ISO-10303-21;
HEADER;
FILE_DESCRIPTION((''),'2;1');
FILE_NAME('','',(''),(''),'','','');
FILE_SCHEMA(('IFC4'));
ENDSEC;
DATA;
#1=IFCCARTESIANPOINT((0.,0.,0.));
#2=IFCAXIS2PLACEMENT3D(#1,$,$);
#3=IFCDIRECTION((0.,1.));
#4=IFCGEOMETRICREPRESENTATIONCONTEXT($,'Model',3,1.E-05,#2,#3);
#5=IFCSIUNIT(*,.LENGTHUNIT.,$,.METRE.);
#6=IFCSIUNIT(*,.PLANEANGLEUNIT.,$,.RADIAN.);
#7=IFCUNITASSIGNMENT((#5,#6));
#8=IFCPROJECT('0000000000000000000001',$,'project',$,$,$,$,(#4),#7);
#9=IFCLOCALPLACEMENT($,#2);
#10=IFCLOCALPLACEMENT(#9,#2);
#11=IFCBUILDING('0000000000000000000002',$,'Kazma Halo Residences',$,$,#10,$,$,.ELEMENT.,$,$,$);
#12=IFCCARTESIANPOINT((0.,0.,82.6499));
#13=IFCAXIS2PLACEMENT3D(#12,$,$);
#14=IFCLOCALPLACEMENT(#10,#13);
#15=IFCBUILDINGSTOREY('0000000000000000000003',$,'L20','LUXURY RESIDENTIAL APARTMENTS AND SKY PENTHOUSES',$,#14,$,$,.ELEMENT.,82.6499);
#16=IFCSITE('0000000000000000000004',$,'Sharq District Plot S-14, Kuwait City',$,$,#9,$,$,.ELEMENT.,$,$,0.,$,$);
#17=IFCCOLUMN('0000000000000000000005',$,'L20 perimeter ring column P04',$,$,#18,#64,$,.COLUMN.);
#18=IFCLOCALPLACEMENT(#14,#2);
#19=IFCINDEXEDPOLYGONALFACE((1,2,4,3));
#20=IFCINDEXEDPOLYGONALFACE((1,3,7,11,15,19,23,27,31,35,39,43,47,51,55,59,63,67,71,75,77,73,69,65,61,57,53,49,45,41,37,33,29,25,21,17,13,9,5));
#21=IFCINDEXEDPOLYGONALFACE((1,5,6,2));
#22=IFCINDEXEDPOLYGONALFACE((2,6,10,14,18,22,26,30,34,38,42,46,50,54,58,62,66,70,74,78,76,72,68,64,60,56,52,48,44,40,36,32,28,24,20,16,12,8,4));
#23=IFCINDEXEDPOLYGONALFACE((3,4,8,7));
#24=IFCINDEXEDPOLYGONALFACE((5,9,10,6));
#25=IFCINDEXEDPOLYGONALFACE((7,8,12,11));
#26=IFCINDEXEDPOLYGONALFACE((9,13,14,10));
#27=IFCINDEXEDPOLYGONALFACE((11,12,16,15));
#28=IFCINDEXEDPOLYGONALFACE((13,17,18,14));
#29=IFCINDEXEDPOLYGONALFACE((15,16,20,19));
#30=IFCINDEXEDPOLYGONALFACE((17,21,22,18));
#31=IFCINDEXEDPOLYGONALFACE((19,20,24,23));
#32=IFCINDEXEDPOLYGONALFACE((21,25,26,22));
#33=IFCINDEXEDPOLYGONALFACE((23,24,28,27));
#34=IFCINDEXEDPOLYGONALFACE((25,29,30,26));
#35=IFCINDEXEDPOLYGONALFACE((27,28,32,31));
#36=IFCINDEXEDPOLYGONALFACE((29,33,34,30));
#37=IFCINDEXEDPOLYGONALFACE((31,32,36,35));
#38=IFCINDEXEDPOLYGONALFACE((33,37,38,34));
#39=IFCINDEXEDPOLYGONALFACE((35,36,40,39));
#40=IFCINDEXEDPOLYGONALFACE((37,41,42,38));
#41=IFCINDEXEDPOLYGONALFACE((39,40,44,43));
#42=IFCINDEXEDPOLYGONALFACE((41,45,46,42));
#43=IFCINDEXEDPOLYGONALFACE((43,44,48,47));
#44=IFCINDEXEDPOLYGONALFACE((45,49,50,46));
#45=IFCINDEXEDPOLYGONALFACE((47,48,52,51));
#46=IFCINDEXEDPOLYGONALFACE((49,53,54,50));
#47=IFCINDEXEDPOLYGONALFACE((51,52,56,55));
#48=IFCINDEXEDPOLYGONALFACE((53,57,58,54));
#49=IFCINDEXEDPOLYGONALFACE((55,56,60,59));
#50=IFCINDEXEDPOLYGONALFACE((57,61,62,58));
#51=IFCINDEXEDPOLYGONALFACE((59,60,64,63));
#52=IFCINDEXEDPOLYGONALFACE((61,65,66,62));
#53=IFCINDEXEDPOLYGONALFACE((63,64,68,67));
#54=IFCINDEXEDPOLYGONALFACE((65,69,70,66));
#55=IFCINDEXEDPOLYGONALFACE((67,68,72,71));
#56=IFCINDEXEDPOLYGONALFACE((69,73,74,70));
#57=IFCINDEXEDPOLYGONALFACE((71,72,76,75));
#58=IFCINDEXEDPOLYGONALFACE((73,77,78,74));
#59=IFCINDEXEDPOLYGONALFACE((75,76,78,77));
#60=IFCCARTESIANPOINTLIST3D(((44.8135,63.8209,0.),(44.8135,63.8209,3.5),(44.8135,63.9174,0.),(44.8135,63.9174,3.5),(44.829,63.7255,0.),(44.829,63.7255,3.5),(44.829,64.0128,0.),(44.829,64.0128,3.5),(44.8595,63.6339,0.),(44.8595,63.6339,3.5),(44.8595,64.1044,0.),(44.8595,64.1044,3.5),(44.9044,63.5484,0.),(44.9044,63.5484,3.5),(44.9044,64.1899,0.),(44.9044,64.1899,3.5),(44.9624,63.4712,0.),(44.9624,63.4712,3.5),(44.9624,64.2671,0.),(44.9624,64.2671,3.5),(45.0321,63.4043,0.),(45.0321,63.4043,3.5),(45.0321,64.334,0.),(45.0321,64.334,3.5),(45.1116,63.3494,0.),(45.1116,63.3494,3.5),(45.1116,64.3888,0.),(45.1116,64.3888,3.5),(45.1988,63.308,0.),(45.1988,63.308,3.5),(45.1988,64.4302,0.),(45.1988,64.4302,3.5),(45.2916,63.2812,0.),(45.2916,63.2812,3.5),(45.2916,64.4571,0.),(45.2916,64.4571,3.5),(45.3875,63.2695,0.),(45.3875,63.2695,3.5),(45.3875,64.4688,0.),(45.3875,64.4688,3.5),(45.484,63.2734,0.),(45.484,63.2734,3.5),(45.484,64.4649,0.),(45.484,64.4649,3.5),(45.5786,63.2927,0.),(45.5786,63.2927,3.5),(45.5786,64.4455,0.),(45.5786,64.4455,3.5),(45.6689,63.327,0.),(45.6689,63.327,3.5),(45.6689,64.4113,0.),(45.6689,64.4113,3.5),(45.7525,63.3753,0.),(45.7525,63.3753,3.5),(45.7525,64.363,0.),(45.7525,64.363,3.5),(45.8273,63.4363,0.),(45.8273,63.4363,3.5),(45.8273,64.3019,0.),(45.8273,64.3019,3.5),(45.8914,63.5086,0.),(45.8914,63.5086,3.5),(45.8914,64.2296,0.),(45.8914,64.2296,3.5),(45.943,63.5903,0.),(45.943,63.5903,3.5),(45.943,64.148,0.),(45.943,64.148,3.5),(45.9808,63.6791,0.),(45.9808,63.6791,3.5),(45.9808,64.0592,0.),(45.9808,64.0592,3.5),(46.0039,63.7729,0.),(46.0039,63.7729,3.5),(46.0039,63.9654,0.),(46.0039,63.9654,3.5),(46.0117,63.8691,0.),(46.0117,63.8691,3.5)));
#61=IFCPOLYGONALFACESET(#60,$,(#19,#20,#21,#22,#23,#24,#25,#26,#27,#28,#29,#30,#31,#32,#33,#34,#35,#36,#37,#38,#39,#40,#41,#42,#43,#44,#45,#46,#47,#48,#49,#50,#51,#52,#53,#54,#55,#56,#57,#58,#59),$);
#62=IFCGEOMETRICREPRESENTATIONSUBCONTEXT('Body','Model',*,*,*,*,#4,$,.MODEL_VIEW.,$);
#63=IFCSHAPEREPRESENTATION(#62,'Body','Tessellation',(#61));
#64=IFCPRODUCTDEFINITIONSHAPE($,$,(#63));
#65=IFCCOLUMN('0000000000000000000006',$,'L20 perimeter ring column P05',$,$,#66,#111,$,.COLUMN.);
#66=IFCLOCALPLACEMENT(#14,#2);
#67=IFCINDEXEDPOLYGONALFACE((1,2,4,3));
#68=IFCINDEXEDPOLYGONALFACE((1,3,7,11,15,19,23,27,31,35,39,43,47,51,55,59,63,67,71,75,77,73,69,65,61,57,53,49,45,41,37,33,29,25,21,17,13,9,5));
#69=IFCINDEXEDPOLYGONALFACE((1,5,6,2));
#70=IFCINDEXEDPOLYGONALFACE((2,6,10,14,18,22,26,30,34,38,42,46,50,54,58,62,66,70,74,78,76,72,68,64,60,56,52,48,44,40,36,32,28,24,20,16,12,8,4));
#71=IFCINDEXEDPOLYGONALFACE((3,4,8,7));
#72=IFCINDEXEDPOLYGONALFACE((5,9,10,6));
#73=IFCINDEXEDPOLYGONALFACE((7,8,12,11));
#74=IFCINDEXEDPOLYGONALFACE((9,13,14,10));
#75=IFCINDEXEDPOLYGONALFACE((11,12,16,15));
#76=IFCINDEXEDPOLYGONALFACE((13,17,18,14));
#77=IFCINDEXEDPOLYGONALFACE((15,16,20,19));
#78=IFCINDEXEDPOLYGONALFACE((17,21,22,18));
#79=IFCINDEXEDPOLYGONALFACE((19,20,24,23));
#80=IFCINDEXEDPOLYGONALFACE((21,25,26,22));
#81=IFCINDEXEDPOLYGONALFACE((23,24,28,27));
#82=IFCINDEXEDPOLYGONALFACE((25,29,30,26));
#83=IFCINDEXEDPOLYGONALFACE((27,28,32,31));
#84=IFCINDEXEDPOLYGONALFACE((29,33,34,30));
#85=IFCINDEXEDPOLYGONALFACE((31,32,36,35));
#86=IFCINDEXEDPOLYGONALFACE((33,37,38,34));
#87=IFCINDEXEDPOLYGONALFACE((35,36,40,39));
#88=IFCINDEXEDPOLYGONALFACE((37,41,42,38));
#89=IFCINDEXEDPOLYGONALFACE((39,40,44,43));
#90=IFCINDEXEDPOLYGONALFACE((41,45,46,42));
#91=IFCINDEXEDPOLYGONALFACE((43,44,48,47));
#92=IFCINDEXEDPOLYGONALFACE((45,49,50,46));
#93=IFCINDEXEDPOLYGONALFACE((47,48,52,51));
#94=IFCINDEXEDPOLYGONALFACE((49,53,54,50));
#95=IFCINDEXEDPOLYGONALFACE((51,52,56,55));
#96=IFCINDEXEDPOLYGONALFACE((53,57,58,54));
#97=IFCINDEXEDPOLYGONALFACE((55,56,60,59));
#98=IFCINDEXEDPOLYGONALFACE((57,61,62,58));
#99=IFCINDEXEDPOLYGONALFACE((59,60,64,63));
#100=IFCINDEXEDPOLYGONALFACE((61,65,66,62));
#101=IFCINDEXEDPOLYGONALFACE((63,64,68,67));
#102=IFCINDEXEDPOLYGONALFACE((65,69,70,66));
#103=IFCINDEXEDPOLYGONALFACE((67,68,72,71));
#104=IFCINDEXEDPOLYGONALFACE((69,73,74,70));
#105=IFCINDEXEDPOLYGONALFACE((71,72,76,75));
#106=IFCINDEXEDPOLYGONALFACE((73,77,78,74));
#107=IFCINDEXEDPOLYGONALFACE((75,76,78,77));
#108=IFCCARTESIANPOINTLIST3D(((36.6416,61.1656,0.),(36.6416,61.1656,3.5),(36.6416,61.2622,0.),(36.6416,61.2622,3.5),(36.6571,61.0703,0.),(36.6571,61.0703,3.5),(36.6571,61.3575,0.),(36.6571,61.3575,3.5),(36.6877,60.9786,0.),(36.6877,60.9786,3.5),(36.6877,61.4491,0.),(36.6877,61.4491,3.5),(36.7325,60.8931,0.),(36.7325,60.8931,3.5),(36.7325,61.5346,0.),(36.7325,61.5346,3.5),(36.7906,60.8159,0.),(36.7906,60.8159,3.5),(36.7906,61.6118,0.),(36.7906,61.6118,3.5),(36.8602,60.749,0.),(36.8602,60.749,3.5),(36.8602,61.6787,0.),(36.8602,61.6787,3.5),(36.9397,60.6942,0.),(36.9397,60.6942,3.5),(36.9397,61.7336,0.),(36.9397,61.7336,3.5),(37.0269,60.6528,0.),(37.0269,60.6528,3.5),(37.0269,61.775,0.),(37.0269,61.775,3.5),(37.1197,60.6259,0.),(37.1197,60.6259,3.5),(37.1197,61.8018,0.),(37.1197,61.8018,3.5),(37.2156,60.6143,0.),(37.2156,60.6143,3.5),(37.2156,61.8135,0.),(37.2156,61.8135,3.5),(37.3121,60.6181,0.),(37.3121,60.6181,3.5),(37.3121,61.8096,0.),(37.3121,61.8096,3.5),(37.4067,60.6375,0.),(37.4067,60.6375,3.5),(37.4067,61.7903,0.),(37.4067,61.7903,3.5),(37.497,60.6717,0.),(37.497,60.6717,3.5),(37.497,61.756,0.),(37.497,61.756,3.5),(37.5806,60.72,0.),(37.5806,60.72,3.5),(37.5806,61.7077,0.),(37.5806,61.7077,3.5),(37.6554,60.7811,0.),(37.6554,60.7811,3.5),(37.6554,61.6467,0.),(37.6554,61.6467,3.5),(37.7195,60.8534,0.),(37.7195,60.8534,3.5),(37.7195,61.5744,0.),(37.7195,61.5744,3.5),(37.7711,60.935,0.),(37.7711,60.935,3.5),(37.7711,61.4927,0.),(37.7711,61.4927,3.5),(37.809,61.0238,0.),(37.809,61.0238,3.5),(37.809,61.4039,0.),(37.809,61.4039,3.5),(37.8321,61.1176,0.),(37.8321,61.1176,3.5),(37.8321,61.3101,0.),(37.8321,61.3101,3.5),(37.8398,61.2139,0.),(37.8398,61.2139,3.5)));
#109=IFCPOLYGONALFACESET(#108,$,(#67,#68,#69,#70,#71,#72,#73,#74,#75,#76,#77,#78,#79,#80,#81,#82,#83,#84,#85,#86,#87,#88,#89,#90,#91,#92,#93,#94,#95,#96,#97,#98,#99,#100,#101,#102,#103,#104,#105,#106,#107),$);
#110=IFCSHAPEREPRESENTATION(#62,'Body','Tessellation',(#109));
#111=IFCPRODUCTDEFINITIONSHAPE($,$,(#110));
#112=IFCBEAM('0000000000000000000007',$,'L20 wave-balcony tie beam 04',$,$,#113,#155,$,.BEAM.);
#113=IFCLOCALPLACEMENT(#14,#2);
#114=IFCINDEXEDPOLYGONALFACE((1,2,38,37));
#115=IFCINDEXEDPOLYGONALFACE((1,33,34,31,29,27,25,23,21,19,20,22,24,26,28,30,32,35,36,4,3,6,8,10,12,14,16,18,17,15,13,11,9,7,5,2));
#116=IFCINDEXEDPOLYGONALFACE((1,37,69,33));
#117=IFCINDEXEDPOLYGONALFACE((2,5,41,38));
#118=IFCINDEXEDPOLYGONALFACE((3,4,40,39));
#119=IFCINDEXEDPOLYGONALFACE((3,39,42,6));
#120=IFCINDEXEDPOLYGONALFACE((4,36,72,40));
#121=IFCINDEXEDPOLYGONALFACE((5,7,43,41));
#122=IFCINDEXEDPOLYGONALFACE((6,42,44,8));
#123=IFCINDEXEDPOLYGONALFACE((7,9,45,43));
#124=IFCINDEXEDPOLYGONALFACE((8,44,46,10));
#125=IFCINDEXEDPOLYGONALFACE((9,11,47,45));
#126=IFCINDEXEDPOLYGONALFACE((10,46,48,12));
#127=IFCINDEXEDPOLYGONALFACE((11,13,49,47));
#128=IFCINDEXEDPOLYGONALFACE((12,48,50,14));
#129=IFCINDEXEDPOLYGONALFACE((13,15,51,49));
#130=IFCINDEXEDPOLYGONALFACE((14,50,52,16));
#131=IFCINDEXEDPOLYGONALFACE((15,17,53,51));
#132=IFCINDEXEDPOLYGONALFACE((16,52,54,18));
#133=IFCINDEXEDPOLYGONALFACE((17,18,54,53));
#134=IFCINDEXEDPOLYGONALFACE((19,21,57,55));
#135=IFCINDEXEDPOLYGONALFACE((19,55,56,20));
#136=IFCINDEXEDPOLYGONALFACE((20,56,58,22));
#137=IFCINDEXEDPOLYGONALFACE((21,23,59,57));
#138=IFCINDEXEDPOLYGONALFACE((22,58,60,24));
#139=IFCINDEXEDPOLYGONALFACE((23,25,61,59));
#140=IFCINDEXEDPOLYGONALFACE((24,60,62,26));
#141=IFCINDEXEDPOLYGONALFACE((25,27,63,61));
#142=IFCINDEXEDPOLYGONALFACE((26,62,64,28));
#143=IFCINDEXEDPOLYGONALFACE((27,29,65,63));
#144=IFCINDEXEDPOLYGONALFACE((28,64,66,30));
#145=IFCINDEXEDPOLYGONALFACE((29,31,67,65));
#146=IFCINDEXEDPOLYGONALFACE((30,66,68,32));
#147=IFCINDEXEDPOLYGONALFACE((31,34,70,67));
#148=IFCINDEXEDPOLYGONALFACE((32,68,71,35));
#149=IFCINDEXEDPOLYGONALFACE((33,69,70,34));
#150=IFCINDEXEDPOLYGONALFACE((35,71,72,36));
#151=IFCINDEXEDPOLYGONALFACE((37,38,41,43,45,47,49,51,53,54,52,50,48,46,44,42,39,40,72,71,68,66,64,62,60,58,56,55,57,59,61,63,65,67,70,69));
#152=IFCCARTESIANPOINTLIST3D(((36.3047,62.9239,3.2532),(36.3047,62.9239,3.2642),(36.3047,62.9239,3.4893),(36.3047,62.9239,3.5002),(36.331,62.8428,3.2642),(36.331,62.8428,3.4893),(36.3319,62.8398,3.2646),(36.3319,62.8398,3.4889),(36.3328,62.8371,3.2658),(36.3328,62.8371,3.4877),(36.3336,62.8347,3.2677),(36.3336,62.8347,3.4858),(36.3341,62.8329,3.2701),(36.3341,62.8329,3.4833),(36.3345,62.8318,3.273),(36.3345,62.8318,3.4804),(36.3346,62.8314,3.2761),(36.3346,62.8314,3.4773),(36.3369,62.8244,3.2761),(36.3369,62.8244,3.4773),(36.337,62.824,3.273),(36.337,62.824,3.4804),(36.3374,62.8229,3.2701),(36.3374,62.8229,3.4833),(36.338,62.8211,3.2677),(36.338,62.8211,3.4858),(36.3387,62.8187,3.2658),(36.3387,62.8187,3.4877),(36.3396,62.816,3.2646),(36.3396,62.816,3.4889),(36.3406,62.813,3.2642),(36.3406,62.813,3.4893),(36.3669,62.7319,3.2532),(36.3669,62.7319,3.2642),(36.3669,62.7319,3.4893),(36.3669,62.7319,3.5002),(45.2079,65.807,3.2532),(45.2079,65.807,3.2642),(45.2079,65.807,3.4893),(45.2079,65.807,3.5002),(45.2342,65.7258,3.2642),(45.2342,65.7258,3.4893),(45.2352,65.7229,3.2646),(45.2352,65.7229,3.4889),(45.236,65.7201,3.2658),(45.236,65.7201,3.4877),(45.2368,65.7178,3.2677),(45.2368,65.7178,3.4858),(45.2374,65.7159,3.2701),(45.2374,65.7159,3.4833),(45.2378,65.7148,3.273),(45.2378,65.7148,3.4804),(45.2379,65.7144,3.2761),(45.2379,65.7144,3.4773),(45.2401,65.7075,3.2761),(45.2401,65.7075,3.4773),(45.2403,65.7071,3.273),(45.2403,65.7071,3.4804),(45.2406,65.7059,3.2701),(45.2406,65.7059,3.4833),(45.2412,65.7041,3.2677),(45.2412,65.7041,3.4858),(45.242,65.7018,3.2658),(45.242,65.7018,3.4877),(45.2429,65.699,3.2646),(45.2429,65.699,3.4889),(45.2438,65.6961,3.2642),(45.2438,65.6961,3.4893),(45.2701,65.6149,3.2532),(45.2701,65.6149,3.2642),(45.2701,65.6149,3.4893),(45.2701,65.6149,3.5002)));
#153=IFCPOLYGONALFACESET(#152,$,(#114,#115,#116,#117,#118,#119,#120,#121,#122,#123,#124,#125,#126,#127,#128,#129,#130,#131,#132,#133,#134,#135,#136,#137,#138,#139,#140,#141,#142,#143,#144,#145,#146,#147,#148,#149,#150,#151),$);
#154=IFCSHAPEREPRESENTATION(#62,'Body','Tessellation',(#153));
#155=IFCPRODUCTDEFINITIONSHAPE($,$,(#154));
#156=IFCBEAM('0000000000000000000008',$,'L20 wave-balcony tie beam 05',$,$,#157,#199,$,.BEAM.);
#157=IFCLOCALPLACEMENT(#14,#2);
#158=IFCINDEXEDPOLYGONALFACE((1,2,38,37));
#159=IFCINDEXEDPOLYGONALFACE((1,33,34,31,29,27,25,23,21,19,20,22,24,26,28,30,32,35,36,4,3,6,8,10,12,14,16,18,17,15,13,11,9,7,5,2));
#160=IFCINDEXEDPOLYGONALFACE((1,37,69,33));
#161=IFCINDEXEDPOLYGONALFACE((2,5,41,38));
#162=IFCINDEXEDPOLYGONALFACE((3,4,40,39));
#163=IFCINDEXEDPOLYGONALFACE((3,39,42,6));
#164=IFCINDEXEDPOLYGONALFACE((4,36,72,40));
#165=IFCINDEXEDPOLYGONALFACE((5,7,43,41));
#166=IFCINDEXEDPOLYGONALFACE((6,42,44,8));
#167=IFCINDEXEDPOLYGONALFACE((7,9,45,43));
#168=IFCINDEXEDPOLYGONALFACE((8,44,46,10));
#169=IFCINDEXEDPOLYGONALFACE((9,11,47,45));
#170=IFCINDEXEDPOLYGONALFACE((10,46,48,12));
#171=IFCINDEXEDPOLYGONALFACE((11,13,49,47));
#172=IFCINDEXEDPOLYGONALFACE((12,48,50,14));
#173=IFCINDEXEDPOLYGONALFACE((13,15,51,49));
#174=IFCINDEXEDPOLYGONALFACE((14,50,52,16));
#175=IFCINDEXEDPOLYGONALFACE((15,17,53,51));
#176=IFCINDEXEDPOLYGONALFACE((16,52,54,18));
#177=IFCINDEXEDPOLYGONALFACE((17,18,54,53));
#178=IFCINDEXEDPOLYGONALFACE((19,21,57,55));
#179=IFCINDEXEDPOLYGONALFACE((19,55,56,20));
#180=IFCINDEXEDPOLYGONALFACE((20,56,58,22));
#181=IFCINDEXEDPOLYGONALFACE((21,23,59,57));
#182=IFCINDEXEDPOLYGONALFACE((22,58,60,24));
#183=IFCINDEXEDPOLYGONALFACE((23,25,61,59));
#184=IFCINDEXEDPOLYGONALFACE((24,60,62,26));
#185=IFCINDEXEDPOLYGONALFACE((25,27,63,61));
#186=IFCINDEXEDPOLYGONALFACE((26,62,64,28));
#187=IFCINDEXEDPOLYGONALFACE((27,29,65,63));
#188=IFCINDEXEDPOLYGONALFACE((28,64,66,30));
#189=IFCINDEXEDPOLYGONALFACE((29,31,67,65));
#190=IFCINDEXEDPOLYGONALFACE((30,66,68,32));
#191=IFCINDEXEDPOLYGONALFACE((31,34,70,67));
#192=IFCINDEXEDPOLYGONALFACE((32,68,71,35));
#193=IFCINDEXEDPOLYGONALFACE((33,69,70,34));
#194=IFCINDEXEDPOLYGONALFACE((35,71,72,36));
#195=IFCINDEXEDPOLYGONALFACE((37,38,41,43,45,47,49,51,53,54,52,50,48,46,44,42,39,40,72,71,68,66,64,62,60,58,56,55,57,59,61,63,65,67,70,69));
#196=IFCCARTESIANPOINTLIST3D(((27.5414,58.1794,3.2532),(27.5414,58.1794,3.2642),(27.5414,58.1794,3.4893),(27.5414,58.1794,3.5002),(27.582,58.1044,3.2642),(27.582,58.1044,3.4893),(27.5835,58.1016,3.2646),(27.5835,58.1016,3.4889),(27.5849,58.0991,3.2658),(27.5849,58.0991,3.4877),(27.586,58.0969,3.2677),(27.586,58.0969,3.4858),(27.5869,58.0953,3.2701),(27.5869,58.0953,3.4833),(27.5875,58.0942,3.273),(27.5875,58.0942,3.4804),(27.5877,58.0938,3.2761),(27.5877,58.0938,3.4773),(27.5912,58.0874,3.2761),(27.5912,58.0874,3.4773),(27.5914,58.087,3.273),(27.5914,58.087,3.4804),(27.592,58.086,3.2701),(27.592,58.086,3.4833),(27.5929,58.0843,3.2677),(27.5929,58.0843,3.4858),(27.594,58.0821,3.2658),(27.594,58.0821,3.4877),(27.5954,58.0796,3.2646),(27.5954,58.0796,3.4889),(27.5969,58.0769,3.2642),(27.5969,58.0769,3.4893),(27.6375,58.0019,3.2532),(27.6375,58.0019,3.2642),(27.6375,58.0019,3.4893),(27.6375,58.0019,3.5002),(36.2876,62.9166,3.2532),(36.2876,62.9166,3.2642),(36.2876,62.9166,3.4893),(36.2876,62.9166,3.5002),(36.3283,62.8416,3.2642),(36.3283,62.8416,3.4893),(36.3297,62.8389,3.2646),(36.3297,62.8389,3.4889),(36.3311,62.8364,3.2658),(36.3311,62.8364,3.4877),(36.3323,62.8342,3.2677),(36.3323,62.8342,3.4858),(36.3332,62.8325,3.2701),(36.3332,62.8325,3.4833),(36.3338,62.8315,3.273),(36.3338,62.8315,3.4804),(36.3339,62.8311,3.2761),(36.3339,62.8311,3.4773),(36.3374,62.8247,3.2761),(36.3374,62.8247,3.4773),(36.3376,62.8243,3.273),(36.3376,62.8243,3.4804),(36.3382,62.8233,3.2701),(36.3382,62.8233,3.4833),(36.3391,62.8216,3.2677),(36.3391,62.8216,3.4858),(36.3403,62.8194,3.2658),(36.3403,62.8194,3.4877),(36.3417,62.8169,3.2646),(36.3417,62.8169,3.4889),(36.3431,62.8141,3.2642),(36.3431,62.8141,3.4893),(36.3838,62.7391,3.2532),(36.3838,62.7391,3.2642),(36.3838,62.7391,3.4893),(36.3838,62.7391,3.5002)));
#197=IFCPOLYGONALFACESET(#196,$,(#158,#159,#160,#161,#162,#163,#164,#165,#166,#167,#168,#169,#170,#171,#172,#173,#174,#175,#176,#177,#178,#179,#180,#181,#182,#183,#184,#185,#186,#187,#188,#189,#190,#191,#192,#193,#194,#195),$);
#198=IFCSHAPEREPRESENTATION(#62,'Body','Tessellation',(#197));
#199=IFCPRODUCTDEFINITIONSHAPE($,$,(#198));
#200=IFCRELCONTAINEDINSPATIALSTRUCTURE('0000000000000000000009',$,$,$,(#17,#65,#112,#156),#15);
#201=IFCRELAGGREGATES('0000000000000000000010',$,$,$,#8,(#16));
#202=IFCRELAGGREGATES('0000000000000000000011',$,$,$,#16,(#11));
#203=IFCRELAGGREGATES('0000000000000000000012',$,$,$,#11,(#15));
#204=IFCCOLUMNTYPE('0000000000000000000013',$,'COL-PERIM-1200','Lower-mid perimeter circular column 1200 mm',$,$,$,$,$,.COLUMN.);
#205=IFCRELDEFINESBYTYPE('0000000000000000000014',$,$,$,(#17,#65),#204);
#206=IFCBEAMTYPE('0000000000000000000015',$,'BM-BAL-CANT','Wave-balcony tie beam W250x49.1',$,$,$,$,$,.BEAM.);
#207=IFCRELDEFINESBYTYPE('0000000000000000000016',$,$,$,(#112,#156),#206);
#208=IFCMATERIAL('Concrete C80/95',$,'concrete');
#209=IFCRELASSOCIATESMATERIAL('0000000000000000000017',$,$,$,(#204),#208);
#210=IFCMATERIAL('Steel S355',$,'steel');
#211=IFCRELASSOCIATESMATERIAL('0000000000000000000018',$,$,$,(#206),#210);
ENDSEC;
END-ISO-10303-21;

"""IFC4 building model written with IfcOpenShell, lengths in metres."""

from ifc_helpers import new_model, si_unit, direction, frame, origin, origin_2d, place, context, subcontext, project, spatial, circle, i_section, extrude, material, material_profile, profile_set, type_object, element, save


model = new_model("IFC4")

# Units and contexts
model_context = context("Model", 3, precision=1e-05, world=origin(), true_north=direction((0.0, 1.0)))
body_context = subcontext(model_context, "Body", "Model", "MODEL_VIEW")
ifc_project = project(units=[si_unit("LENGTHUNIT", "METRE"), si_unit("PLANEANGLEUNIT", "RADIAN")], contexts=[model_context])

# Site, building, storey
site_placement = place(None, origin())
site = spatial("IfcSite", under=ifc_project, at=site_placement, Name="Sharq District Plot S-14, Kuwait City", CompositionType="ELEMENT", RefElevation=0.0)
building_placement = place(site_placement, origin())
building = spatial("IfcBuilding", under=site, at=building_placement, Name="Kazma Halo Residences", CompositionType="ELEMENT")
storey_placement = place(building_placement, frame((0.0, 0.0, 82.6499)))
storey = spatial("IfcBuildingStorey", under=building, at=storey_placement, Name="L20", Description="LUXURY RESIDENTIAL APARTMENTS AND SKY PENTHOUSES", CompositionType="ELEMENT", Elevation=82.6499)

# Columns
ifc_material_1 = material(Name="Concrete C80/95", Category="concrete")
ifc_material_profile_1 = material_profile(ifc_material_1, circle(Radius=0.6001, at=origin_2d()), Name="CIRC1200")
ifc_profile_set_1 = profile_set([ifc_material_profile_1], Name="Concrete C80/95")
column_type = type_object("IfcColumnType", Name="COL-PERIM-1200", Description="Lower-mid perimeter circular column 1200 mm", PredefinedType="COLUMN", material=ifc_profile_set_1)
for number, where, z_axis, x_axis, name in (
    (1, (45.4116, 63.8691, 0.0), (0.0, 0.0, 1.0), (1.0, 0.0, 0.0), "L20 perimeter ring column P04"),
    (2, (37.2397, 61.2139, 0.0), (0.0, 0.0, 1.0), (1.0, 0.0, 0.0), "L20 perimeter ring column P05"),
):
    element("IfcColumn", number, at=place(storey_placement, frame(where, z_axis=z_axis, x_axis=x_axis)), inside=storey, type_object=column_type, Name=name, PredefinedType="COLUMN", context=body_context, shape_type="SweptSolid", body=[
        extrude(circle(Radius=0.6001, at=origin_2d()), origin(), (0.0, 0.0, 1.0), 3.5),
    ])

# Beams
ifc_material_2 = material(Name="Steel S355", Category="steel")
ifc_material_profile_2 = material_profile(ifc_material_2, i_section(OverallWidth=0.2019, OverallDepth=0.2471, WebThickness=0.0073, FlangeThickness=0.011, FilletRadius=0.012, at=origin_2d()), Name="W250x49.1")
ifc_profile_set_2 = profile_set([ifc_material_profile_2], Name="Steel S355")
beam_type_1 = type_object("IfcBeamType", Name="BM-BAL-CANT", Description="Wave-balcony tie beam W250x49.1", PredefinedType="BEAM", material=ifc_profile_set_2)
beam_1_placement = place(storey_placement, frame((45.239, 65.7109, 3.3767), z_axis=(-0.951364, -0.308069, 0.0), x_axis=(0.308069, -0.951364, 0.0)))
element("IfcBeam", 3, at=beam_1_placement, inside=storey, type_object=beam_type_1, Name="L20 wave-balcony tie beam 04", PredefinedType="BEAM", context=body_context, shape_type="SweptSolid", body=[
    extrude(i_section(OverallWidth=0.2019, OverallDepth=0.2471, WebThickness=0.0073, FlangeThickness=0.011, FilletRadius=0.012, at=origin_2d()), origin(), (0.0, 0.0, 1.0), 9.3584),
])
beam_2_placement = place(storey_placement, frame((36.3357, 62.8279, 3.3767), z_axis=(-0.879304, -0.47626, 0.0), x_axis=(0.47626, -0.879304, 0.0)))
element("IfcBeam", 4, at=beam_2_placement, inside=storey, type_object=beam_type_1, Name="L20 wave-balcony tie beam 05", PredefinedType="BEAM", context=body_context, shape_type="SweptSolid", body=[
    extrude(i_section(OverallWidth=0.2019, OverallDepth=0.2471, WebThickness=0.0073, FlangeThickness=0.011, FilletRadius=0.012, at=origin_2d()), origin(), (0.0, 0.0, 1.0), 9.9468),
])

save(model, "model.ifc")
